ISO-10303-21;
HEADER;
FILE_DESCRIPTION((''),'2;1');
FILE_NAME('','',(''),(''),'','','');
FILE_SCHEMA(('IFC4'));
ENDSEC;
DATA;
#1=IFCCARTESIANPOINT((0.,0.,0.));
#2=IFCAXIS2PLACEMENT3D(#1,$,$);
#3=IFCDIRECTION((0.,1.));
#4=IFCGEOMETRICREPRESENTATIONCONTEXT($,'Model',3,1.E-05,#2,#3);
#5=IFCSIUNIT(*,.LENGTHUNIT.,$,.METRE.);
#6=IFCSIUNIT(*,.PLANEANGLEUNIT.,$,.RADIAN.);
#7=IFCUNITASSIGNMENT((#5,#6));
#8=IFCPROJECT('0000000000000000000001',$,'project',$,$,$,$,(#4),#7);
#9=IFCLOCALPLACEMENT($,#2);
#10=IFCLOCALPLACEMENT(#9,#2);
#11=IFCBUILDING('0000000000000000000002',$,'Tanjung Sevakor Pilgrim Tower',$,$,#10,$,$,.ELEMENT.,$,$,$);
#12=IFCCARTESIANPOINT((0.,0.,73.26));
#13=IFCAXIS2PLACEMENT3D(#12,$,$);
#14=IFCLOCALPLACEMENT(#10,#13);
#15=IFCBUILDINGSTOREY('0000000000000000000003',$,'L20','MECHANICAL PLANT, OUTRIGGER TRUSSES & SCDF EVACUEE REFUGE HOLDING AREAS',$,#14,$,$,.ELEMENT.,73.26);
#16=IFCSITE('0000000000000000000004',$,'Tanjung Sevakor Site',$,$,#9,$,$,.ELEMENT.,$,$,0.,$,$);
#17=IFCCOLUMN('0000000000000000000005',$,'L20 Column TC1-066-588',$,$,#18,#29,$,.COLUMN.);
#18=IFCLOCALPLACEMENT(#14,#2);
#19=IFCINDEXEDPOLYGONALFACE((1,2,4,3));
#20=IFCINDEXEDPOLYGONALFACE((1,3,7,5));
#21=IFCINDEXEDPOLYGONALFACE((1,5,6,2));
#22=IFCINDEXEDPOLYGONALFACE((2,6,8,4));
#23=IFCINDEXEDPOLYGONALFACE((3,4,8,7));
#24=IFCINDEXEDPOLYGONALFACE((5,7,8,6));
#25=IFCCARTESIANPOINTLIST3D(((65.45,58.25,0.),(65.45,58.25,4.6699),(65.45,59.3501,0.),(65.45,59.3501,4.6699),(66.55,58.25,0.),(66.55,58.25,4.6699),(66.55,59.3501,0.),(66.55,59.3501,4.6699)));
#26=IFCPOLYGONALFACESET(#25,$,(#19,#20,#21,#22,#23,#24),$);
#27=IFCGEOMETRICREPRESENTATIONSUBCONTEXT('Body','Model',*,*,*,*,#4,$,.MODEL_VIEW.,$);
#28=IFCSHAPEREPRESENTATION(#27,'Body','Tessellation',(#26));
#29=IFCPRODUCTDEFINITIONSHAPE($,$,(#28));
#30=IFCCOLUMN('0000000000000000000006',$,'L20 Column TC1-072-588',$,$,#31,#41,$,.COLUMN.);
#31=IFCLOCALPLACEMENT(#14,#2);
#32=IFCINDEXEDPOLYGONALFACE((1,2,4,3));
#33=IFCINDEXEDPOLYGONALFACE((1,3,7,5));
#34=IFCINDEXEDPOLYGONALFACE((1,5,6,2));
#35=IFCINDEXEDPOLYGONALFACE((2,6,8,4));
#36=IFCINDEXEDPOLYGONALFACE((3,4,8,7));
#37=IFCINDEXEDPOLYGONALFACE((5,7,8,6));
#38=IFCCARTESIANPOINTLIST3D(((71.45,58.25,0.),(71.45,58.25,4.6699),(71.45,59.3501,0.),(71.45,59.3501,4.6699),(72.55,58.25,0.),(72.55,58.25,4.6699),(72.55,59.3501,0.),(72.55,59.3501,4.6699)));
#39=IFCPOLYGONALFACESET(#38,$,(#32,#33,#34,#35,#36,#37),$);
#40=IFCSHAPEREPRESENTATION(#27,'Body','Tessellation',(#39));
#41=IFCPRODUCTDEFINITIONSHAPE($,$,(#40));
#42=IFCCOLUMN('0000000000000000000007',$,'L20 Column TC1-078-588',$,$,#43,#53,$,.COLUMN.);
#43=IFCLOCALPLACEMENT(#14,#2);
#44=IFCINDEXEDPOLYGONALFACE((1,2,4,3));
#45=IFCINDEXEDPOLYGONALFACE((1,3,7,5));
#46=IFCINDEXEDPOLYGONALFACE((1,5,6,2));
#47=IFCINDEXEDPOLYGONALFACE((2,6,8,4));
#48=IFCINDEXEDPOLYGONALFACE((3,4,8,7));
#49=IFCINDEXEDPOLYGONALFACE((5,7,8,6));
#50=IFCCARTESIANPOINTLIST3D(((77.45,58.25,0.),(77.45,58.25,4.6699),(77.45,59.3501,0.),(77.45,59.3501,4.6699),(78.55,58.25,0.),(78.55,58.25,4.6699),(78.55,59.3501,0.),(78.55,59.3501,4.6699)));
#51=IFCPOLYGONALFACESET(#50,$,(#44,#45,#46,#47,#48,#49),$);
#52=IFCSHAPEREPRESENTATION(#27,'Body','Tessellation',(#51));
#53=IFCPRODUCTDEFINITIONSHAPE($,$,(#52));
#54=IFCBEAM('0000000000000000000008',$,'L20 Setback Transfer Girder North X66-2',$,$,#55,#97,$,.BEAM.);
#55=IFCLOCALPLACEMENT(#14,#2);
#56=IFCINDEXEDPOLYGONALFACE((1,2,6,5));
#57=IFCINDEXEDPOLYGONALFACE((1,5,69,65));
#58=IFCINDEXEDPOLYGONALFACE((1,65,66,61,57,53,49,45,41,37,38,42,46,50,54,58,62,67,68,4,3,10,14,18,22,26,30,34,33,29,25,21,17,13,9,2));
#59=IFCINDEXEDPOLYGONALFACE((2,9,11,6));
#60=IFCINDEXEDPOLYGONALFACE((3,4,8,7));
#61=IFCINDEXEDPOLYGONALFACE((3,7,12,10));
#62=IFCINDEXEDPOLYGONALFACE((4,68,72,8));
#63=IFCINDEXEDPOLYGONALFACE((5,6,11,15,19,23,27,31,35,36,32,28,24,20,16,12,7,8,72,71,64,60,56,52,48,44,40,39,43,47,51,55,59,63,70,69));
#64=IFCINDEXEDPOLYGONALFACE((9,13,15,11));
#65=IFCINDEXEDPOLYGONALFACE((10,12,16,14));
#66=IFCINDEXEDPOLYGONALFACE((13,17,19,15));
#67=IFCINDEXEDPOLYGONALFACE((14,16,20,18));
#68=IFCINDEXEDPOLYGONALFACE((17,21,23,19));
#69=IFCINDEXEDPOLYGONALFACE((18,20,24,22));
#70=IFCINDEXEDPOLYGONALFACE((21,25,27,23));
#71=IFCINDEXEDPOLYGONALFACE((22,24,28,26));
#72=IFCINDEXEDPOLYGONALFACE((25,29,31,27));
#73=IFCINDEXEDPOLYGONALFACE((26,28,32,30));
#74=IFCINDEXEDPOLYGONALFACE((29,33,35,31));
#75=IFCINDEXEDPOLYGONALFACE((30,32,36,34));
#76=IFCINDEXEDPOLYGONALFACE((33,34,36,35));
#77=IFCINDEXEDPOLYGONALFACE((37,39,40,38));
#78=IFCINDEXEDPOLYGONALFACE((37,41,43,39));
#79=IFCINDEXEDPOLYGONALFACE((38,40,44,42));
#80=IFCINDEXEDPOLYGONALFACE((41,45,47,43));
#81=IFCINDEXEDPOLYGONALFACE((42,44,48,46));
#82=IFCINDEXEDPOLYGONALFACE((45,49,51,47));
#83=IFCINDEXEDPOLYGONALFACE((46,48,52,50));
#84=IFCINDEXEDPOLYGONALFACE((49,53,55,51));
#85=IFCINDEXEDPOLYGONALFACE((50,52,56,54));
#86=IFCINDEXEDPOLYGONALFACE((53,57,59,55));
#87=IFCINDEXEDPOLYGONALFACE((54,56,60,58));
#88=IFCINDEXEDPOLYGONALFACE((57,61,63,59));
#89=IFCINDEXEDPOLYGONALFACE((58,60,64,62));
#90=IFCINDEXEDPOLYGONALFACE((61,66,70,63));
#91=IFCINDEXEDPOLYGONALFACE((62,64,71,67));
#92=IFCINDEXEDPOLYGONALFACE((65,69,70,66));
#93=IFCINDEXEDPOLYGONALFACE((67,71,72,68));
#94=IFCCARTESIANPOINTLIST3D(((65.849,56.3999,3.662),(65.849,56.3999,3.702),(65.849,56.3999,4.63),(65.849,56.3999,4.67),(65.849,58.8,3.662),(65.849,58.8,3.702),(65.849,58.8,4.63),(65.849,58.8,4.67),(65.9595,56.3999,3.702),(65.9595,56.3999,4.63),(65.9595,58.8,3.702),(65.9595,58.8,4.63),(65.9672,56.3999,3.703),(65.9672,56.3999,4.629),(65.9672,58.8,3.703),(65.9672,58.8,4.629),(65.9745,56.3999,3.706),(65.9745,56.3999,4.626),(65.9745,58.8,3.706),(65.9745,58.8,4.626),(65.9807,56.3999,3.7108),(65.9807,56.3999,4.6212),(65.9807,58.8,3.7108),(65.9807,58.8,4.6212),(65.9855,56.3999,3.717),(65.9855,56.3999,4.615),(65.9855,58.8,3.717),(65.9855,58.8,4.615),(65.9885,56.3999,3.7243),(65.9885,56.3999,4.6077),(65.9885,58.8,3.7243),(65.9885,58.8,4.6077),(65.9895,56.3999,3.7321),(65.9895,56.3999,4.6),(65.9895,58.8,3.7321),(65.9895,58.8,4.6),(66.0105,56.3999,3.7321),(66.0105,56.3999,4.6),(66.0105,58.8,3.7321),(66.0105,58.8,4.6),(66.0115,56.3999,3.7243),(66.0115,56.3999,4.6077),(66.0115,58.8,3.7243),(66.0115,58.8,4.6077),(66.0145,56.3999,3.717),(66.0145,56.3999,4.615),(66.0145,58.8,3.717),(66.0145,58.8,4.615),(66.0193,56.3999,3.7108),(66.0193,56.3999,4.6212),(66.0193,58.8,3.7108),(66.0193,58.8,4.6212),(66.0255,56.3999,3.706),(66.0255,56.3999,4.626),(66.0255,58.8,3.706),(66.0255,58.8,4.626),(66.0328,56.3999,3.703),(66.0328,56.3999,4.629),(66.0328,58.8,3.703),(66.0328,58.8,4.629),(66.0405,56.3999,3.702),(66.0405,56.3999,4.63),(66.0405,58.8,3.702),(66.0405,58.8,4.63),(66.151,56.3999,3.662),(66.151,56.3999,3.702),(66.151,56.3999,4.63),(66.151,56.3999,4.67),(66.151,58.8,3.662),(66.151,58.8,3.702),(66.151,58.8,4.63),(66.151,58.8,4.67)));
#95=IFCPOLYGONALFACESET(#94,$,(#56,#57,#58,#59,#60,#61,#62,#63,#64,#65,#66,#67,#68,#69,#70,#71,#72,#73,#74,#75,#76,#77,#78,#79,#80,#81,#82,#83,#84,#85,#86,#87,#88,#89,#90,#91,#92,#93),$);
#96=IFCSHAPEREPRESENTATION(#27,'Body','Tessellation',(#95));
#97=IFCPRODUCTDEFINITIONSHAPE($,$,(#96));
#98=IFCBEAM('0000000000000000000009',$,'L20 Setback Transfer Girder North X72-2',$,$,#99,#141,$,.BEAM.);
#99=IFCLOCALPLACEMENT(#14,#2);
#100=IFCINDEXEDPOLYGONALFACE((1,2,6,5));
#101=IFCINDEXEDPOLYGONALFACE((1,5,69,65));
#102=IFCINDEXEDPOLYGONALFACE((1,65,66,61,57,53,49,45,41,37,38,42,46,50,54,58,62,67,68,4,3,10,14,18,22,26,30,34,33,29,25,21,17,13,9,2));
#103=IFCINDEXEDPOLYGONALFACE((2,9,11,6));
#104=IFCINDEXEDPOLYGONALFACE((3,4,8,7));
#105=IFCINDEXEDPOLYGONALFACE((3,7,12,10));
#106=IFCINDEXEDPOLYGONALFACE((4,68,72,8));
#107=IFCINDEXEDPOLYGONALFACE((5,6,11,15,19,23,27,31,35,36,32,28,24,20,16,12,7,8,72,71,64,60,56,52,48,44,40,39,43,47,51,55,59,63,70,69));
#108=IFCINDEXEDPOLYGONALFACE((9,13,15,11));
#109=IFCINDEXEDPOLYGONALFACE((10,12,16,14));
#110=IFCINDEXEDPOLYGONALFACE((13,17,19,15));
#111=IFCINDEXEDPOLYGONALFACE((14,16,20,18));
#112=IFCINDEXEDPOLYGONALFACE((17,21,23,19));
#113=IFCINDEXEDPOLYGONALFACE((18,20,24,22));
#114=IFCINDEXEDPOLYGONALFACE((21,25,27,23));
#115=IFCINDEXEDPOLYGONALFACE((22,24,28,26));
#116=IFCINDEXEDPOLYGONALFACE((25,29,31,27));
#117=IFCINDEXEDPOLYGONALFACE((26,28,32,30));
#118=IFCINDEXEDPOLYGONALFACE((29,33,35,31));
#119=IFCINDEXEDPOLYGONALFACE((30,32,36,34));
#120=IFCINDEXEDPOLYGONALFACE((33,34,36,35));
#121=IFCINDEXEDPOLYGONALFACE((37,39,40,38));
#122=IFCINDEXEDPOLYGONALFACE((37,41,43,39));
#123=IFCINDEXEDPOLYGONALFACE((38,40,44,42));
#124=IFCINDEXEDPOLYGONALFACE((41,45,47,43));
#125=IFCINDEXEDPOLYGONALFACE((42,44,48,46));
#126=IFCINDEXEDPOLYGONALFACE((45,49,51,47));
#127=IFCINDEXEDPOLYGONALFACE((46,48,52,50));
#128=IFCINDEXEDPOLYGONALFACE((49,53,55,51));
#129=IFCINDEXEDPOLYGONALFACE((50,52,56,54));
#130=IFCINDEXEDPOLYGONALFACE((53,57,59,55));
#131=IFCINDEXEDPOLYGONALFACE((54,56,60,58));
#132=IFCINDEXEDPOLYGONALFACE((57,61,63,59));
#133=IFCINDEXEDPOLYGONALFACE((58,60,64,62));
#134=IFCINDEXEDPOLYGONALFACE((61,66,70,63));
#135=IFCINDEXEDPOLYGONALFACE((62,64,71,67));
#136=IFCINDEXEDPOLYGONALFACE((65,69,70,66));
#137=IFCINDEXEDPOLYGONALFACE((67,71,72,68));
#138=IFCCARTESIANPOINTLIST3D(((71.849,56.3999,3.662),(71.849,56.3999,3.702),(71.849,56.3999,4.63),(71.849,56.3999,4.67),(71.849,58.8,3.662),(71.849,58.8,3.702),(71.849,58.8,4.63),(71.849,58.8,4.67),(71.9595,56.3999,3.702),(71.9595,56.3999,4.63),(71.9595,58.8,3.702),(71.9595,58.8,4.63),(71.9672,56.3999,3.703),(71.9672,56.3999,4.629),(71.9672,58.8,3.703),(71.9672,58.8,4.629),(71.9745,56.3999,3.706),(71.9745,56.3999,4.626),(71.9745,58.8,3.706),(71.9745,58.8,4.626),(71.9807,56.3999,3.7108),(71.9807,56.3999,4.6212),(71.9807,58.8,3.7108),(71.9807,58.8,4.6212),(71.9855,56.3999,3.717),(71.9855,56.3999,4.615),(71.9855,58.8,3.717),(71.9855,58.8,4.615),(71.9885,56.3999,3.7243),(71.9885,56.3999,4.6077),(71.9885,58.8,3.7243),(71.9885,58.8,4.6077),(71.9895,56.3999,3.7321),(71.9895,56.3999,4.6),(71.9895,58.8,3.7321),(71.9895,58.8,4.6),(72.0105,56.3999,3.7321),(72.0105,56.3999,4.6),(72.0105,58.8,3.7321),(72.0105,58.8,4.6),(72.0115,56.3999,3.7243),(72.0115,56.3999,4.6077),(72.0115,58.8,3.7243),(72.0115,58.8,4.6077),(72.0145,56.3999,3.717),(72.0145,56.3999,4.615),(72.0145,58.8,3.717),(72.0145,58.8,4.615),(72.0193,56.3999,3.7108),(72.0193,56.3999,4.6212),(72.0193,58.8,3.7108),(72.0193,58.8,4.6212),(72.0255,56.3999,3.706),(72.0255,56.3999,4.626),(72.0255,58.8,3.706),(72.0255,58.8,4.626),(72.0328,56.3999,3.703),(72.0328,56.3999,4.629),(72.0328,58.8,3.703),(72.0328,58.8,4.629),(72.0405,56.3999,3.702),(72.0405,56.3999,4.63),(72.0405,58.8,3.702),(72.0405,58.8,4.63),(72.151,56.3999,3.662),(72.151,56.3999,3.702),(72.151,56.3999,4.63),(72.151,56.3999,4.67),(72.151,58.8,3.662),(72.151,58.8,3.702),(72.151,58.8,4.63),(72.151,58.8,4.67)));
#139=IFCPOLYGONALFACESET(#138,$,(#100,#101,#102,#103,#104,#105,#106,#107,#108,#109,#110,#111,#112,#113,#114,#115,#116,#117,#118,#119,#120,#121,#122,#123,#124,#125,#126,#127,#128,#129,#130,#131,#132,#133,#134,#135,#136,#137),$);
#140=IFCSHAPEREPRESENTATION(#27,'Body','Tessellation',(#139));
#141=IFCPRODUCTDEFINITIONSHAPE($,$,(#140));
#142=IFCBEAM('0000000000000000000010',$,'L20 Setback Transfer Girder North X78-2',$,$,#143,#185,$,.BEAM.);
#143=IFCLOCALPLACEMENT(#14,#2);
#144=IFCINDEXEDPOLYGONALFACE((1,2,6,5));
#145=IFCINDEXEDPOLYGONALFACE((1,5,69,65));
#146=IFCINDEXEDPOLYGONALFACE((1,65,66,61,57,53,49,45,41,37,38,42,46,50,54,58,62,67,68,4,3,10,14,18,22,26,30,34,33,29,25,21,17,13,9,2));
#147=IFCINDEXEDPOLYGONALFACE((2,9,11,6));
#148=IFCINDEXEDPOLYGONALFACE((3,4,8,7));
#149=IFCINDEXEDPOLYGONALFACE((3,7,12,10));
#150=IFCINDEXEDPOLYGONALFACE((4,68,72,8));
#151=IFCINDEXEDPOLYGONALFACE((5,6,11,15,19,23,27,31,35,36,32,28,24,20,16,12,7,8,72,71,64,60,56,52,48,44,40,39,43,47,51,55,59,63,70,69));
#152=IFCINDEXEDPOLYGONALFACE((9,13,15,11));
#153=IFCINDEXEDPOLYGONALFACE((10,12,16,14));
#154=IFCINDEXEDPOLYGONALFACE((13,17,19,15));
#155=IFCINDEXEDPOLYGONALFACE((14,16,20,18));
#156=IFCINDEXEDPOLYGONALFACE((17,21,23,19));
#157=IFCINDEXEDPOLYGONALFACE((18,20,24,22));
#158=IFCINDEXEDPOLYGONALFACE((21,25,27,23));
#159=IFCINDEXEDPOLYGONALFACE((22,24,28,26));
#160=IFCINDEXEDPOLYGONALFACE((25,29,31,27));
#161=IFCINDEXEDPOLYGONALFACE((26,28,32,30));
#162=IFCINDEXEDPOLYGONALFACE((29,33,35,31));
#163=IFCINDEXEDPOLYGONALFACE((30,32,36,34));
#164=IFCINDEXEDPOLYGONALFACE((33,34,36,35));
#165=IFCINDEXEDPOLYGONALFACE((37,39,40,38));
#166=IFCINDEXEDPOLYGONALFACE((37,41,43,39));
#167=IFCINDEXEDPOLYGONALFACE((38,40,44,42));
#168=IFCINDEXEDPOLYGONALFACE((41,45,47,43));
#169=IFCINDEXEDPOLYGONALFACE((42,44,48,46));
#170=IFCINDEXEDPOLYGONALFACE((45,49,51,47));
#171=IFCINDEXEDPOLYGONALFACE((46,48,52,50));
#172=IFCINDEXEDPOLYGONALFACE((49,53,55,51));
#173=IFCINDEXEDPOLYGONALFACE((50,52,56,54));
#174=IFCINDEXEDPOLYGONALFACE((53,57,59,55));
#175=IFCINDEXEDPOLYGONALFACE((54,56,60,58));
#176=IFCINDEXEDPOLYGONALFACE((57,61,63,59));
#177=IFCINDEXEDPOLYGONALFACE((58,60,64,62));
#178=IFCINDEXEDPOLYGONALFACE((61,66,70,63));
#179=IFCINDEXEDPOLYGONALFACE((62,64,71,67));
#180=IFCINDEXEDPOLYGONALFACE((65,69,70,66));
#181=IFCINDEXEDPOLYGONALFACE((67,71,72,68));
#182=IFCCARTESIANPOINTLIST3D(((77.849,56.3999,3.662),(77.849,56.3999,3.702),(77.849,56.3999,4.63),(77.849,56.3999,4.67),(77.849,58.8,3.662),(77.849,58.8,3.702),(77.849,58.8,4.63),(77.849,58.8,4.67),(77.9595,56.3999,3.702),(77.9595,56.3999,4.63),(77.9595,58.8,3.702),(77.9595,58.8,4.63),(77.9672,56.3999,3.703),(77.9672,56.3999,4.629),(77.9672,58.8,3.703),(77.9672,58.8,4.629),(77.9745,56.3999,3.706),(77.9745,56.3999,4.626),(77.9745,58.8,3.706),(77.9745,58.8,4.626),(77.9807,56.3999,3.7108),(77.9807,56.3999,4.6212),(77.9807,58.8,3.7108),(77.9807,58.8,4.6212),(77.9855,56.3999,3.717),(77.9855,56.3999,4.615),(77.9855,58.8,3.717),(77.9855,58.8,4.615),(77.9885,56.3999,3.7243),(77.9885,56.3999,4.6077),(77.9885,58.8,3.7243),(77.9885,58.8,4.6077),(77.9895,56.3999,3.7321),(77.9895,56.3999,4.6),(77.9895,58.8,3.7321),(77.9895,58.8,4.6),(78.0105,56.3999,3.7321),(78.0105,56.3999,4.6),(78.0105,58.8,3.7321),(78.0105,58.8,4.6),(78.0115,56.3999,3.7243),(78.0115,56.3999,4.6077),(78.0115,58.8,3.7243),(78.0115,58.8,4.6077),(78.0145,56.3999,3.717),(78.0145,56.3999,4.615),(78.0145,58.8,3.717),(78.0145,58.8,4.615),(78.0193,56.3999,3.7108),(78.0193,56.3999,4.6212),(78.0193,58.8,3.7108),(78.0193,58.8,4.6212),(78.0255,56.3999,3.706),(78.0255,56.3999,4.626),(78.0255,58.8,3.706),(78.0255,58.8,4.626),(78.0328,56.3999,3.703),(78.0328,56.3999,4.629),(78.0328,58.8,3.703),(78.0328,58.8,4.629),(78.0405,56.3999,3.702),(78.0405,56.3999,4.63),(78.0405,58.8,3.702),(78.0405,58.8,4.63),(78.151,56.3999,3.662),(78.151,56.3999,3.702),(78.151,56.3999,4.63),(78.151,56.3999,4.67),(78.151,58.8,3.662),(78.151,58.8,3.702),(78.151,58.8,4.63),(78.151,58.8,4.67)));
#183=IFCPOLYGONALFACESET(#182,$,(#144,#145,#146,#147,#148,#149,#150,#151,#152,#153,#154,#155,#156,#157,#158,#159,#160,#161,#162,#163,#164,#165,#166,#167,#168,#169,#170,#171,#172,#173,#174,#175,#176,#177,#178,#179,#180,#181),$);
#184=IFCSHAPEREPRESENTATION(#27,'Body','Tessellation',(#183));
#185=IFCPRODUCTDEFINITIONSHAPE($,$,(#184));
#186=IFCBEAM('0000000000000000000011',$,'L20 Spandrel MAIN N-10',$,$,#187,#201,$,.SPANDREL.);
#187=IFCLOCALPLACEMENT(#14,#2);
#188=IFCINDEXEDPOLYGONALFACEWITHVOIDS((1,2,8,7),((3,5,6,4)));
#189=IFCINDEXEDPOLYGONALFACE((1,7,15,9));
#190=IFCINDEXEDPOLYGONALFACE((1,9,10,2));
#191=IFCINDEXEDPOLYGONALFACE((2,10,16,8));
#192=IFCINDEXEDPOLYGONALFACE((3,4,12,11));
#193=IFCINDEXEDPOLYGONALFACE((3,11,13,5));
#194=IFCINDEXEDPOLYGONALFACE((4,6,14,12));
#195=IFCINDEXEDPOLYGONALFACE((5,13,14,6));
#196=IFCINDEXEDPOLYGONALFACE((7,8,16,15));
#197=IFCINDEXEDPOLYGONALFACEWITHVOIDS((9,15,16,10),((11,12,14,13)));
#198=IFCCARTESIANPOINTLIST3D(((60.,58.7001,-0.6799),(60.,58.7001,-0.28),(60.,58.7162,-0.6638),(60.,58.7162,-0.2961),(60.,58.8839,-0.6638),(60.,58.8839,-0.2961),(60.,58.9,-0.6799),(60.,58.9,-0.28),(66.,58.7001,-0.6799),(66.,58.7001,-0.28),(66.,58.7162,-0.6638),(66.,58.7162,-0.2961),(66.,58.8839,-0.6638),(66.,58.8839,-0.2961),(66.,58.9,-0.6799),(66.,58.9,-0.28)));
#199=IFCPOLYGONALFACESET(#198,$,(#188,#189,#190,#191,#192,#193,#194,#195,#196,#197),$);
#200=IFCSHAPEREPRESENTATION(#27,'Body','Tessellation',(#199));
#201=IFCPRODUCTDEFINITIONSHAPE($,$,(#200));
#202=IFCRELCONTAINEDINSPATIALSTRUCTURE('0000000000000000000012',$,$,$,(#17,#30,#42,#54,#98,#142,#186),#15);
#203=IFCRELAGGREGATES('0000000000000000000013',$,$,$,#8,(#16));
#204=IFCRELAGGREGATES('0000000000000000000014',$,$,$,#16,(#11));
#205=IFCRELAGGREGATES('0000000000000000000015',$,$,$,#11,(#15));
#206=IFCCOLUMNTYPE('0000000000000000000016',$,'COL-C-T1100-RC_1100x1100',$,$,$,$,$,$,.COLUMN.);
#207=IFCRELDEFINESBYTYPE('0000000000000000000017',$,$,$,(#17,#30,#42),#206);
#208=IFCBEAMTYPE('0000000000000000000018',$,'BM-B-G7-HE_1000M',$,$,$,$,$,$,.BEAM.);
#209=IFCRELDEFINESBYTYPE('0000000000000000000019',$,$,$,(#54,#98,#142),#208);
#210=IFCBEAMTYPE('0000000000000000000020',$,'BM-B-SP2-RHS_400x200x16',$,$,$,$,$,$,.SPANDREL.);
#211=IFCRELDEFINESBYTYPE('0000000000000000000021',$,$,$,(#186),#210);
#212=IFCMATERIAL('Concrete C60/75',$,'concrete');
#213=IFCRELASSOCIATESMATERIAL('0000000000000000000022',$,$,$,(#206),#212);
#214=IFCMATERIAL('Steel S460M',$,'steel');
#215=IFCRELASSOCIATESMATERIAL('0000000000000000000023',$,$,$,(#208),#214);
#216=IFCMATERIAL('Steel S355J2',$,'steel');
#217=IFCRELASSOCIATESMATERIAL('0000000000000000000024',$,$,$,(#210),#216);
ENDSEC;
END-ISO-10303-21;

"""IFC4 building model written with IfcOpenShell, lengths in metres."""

from ifc_helpers import new_model, si_unit, direction, frame, origin, origin_2d, place, context, subcontext, project, spatial, rectangle, hollow_rectangle, i_section, extrude, material, material_profile, profile_set, type_object, element, save


model = new_model("IFC4")

# Units and contexts
model_context = context("Model", 3, precision=1e-05, world=origin(), true_north=direction((0.0, 1.0)))
body_context = subcontext(model_context, "Body", "Model", "MODEL_VIEW")
ifc_project = project(units=[si_unit("LENGTHUNIT", "METRE"), si_unit("PLANEANGLEUNIT", "RADIAN")], contexts=[model_context])

# Site, building, storey
site_placement = place(None, origin())
site = spatial("IfcSite", under=ifc_project, at=site_placement, Name="Tanjung Sevakor Site", CompositionType="ELEMENT", RefElevation=0.0)
building_placement = place(site_placement, origin())
building = spatial("IfcBuilding", under=site, at=building_placement, Name="Tanjung Sevakor Pilgrim Tower", CompositionType="ELEMENT")
storey_placement = place(building_placement, frame((0.0, 0.0, 73.26)))
storey = spatial("IfcBuildingStorey", under=building, at=storey_placement, Name="L20", Description="MECHANICAL PLANT, OUTRIGGER TRUSSES & SCDF EVACUEE REFUGE HOLDING AREAS", CompositionType="ELEMENT", Elevation=73.26)

# Columns
ifc_material_1 = material(Name="Concrete C60/75", Category="concrete")
ifc_material_profile_1 = material_profile(ifc_material_1, rectangle(XDim=1.1001, YDim=1.1001, at=origin_2d()))
ifc_profile_set_1 = profile_set([ifc_material_profile_1], Name="Concrete C60/75")
column_type = type_object("IfcColumnType", Name="COL-C-T1100-RC_1100x1100", PredefinedType="COLUMN", material=ifc_profile_set_1)
for number, where, z_axis, x_axis, name in (
    (1, (66.0, 58.8, 0.0), (0.0, 0.0, 1.0), (1.0, 0.0, 0.0), "L20 Column TC1-066-588"),
    (2, (72.0, 58.8, 0.0), (0.0, 0.0, 1.0), (1.0, 0.0, 0.0), "L20 Column TC1-072-588"),
    (3, (78.0, 58.8, 0.0), (0.0, 0.0, 1.0), (1.0, 0.0, 0.0), "L20 Column TC1-078-588"),
):
    element("IfcColumn", number, at=place(storey_placement, frame(where, z_axis=z_axis, x_axis=x_axis)), inside=storey, type_object=column_type, Name=name, PredefinedType="COLUMN", context=body_context, shape_type="SweptSolid", body=[
        extrude(rectangle(XDim=1.1001, YDim=1.1001, at=origin_2d()), origin(), (0.0, 0.0, 1.0), 4.6699),
    ])

# Beams
ifc_material_2 = material(Name="Steel S460M", Category="steel")
ifc_material_profile_2 = material_profile(ifc_material_2, i_section(OverallWidth=0.302, OverallDepth=1.0081, WebThickness=0.021, FlangeThickness=0.04, FilletRadius=0.03, at=origin_2d()))
ifc_profile_set_2 = profile_set([ifc_material_profile_2], Name="Steel S460M")
beam_type_1 = type_object("IfcBeamType", Name="BM-B-G7-HE_1000M", PredefinedType="BEAM", material=ifc_profile_set_2)
for number, where, z_axis, x_axis, name in (
    (4, (66.0, 56.3999, 4.166), (0.0, 1.0, 0.0), (-1.0, 0.0, 0.0), "L20 Setback Transfer Girder North X66-2"),
    (5, (72.0, 56.3999, 4.166), (0.0, 1.0, 0.0), (-1.0, 0.0, 0.0), "L20 Setback Transfer Girder North X72-2"),
    (6, (78.0, 56.3999, 4.166), (0.0, 1.0, 0.0), (-1.0, 0.0, 0.0), "L20 Setback Transfer Girder North X78-2"),
):
    element("IfcBeam", number, at=place(storey_placement, frame(where, z_axis=z_axis, x_axis=x_axis)), inside=storey, type_object=beam_type_1, Name=name, PredefinedType="BEAM", context=body_context, shape_type="SweptSolid", body=[
        extrude(i_section(OverallWidth=0.302, OverallDepth=1.0081, WebThickness=0.021, FlangeThickness=0.04, FilletRadius=0.03, at=origin_2d()), origin(), (0.0, 0.0, 1.0), 2.4001),
    ])
ifc_material_3 = material(Name="Steel S355J2", Category="steel")
ifc_material_profile_3 = material_profile(ifc_material_3, hollow_rectangle(XDim=0.2, YDim=0.3999, WallThickness=0.0161, at=origin_2d()))
ifc_profile_set_3 = profile_set([ifc_material_profile_3], Name="Steel S355J2")
beam_type_2 = type_object("IfcBeamType", Name="BM-B-SP2-RHS_400x200x16", PredefinedType="SPANDREL", material=ifc_profile_set_3)
for number, where, z_axis, x_axis, name in (
    (7, (60.0, 58.8, -0.48), (1.0, 0.0, 0.0), (0.0, 1.0, 0.0), "L20 Spandrel MAIN N-10"),
):
    element("IfcBeam", number, at=place(storey_placement, frame(where, z_axis=z_axis, x_axis=x_axis)), inside=storey, type_object=beam_type_2, Name=name, PredefinedType="SPANDREL", context=body_context, shape_type="SweptSolid", body=[
        extrude(hollow_rectangle(XDim=0.2, YDim=0.3999, WallThickness=0.0161, at=origin_2d()), origin(), (0.0, 0.0, 1.0), 6.0),
    ])

save(model, "model.ifc")
